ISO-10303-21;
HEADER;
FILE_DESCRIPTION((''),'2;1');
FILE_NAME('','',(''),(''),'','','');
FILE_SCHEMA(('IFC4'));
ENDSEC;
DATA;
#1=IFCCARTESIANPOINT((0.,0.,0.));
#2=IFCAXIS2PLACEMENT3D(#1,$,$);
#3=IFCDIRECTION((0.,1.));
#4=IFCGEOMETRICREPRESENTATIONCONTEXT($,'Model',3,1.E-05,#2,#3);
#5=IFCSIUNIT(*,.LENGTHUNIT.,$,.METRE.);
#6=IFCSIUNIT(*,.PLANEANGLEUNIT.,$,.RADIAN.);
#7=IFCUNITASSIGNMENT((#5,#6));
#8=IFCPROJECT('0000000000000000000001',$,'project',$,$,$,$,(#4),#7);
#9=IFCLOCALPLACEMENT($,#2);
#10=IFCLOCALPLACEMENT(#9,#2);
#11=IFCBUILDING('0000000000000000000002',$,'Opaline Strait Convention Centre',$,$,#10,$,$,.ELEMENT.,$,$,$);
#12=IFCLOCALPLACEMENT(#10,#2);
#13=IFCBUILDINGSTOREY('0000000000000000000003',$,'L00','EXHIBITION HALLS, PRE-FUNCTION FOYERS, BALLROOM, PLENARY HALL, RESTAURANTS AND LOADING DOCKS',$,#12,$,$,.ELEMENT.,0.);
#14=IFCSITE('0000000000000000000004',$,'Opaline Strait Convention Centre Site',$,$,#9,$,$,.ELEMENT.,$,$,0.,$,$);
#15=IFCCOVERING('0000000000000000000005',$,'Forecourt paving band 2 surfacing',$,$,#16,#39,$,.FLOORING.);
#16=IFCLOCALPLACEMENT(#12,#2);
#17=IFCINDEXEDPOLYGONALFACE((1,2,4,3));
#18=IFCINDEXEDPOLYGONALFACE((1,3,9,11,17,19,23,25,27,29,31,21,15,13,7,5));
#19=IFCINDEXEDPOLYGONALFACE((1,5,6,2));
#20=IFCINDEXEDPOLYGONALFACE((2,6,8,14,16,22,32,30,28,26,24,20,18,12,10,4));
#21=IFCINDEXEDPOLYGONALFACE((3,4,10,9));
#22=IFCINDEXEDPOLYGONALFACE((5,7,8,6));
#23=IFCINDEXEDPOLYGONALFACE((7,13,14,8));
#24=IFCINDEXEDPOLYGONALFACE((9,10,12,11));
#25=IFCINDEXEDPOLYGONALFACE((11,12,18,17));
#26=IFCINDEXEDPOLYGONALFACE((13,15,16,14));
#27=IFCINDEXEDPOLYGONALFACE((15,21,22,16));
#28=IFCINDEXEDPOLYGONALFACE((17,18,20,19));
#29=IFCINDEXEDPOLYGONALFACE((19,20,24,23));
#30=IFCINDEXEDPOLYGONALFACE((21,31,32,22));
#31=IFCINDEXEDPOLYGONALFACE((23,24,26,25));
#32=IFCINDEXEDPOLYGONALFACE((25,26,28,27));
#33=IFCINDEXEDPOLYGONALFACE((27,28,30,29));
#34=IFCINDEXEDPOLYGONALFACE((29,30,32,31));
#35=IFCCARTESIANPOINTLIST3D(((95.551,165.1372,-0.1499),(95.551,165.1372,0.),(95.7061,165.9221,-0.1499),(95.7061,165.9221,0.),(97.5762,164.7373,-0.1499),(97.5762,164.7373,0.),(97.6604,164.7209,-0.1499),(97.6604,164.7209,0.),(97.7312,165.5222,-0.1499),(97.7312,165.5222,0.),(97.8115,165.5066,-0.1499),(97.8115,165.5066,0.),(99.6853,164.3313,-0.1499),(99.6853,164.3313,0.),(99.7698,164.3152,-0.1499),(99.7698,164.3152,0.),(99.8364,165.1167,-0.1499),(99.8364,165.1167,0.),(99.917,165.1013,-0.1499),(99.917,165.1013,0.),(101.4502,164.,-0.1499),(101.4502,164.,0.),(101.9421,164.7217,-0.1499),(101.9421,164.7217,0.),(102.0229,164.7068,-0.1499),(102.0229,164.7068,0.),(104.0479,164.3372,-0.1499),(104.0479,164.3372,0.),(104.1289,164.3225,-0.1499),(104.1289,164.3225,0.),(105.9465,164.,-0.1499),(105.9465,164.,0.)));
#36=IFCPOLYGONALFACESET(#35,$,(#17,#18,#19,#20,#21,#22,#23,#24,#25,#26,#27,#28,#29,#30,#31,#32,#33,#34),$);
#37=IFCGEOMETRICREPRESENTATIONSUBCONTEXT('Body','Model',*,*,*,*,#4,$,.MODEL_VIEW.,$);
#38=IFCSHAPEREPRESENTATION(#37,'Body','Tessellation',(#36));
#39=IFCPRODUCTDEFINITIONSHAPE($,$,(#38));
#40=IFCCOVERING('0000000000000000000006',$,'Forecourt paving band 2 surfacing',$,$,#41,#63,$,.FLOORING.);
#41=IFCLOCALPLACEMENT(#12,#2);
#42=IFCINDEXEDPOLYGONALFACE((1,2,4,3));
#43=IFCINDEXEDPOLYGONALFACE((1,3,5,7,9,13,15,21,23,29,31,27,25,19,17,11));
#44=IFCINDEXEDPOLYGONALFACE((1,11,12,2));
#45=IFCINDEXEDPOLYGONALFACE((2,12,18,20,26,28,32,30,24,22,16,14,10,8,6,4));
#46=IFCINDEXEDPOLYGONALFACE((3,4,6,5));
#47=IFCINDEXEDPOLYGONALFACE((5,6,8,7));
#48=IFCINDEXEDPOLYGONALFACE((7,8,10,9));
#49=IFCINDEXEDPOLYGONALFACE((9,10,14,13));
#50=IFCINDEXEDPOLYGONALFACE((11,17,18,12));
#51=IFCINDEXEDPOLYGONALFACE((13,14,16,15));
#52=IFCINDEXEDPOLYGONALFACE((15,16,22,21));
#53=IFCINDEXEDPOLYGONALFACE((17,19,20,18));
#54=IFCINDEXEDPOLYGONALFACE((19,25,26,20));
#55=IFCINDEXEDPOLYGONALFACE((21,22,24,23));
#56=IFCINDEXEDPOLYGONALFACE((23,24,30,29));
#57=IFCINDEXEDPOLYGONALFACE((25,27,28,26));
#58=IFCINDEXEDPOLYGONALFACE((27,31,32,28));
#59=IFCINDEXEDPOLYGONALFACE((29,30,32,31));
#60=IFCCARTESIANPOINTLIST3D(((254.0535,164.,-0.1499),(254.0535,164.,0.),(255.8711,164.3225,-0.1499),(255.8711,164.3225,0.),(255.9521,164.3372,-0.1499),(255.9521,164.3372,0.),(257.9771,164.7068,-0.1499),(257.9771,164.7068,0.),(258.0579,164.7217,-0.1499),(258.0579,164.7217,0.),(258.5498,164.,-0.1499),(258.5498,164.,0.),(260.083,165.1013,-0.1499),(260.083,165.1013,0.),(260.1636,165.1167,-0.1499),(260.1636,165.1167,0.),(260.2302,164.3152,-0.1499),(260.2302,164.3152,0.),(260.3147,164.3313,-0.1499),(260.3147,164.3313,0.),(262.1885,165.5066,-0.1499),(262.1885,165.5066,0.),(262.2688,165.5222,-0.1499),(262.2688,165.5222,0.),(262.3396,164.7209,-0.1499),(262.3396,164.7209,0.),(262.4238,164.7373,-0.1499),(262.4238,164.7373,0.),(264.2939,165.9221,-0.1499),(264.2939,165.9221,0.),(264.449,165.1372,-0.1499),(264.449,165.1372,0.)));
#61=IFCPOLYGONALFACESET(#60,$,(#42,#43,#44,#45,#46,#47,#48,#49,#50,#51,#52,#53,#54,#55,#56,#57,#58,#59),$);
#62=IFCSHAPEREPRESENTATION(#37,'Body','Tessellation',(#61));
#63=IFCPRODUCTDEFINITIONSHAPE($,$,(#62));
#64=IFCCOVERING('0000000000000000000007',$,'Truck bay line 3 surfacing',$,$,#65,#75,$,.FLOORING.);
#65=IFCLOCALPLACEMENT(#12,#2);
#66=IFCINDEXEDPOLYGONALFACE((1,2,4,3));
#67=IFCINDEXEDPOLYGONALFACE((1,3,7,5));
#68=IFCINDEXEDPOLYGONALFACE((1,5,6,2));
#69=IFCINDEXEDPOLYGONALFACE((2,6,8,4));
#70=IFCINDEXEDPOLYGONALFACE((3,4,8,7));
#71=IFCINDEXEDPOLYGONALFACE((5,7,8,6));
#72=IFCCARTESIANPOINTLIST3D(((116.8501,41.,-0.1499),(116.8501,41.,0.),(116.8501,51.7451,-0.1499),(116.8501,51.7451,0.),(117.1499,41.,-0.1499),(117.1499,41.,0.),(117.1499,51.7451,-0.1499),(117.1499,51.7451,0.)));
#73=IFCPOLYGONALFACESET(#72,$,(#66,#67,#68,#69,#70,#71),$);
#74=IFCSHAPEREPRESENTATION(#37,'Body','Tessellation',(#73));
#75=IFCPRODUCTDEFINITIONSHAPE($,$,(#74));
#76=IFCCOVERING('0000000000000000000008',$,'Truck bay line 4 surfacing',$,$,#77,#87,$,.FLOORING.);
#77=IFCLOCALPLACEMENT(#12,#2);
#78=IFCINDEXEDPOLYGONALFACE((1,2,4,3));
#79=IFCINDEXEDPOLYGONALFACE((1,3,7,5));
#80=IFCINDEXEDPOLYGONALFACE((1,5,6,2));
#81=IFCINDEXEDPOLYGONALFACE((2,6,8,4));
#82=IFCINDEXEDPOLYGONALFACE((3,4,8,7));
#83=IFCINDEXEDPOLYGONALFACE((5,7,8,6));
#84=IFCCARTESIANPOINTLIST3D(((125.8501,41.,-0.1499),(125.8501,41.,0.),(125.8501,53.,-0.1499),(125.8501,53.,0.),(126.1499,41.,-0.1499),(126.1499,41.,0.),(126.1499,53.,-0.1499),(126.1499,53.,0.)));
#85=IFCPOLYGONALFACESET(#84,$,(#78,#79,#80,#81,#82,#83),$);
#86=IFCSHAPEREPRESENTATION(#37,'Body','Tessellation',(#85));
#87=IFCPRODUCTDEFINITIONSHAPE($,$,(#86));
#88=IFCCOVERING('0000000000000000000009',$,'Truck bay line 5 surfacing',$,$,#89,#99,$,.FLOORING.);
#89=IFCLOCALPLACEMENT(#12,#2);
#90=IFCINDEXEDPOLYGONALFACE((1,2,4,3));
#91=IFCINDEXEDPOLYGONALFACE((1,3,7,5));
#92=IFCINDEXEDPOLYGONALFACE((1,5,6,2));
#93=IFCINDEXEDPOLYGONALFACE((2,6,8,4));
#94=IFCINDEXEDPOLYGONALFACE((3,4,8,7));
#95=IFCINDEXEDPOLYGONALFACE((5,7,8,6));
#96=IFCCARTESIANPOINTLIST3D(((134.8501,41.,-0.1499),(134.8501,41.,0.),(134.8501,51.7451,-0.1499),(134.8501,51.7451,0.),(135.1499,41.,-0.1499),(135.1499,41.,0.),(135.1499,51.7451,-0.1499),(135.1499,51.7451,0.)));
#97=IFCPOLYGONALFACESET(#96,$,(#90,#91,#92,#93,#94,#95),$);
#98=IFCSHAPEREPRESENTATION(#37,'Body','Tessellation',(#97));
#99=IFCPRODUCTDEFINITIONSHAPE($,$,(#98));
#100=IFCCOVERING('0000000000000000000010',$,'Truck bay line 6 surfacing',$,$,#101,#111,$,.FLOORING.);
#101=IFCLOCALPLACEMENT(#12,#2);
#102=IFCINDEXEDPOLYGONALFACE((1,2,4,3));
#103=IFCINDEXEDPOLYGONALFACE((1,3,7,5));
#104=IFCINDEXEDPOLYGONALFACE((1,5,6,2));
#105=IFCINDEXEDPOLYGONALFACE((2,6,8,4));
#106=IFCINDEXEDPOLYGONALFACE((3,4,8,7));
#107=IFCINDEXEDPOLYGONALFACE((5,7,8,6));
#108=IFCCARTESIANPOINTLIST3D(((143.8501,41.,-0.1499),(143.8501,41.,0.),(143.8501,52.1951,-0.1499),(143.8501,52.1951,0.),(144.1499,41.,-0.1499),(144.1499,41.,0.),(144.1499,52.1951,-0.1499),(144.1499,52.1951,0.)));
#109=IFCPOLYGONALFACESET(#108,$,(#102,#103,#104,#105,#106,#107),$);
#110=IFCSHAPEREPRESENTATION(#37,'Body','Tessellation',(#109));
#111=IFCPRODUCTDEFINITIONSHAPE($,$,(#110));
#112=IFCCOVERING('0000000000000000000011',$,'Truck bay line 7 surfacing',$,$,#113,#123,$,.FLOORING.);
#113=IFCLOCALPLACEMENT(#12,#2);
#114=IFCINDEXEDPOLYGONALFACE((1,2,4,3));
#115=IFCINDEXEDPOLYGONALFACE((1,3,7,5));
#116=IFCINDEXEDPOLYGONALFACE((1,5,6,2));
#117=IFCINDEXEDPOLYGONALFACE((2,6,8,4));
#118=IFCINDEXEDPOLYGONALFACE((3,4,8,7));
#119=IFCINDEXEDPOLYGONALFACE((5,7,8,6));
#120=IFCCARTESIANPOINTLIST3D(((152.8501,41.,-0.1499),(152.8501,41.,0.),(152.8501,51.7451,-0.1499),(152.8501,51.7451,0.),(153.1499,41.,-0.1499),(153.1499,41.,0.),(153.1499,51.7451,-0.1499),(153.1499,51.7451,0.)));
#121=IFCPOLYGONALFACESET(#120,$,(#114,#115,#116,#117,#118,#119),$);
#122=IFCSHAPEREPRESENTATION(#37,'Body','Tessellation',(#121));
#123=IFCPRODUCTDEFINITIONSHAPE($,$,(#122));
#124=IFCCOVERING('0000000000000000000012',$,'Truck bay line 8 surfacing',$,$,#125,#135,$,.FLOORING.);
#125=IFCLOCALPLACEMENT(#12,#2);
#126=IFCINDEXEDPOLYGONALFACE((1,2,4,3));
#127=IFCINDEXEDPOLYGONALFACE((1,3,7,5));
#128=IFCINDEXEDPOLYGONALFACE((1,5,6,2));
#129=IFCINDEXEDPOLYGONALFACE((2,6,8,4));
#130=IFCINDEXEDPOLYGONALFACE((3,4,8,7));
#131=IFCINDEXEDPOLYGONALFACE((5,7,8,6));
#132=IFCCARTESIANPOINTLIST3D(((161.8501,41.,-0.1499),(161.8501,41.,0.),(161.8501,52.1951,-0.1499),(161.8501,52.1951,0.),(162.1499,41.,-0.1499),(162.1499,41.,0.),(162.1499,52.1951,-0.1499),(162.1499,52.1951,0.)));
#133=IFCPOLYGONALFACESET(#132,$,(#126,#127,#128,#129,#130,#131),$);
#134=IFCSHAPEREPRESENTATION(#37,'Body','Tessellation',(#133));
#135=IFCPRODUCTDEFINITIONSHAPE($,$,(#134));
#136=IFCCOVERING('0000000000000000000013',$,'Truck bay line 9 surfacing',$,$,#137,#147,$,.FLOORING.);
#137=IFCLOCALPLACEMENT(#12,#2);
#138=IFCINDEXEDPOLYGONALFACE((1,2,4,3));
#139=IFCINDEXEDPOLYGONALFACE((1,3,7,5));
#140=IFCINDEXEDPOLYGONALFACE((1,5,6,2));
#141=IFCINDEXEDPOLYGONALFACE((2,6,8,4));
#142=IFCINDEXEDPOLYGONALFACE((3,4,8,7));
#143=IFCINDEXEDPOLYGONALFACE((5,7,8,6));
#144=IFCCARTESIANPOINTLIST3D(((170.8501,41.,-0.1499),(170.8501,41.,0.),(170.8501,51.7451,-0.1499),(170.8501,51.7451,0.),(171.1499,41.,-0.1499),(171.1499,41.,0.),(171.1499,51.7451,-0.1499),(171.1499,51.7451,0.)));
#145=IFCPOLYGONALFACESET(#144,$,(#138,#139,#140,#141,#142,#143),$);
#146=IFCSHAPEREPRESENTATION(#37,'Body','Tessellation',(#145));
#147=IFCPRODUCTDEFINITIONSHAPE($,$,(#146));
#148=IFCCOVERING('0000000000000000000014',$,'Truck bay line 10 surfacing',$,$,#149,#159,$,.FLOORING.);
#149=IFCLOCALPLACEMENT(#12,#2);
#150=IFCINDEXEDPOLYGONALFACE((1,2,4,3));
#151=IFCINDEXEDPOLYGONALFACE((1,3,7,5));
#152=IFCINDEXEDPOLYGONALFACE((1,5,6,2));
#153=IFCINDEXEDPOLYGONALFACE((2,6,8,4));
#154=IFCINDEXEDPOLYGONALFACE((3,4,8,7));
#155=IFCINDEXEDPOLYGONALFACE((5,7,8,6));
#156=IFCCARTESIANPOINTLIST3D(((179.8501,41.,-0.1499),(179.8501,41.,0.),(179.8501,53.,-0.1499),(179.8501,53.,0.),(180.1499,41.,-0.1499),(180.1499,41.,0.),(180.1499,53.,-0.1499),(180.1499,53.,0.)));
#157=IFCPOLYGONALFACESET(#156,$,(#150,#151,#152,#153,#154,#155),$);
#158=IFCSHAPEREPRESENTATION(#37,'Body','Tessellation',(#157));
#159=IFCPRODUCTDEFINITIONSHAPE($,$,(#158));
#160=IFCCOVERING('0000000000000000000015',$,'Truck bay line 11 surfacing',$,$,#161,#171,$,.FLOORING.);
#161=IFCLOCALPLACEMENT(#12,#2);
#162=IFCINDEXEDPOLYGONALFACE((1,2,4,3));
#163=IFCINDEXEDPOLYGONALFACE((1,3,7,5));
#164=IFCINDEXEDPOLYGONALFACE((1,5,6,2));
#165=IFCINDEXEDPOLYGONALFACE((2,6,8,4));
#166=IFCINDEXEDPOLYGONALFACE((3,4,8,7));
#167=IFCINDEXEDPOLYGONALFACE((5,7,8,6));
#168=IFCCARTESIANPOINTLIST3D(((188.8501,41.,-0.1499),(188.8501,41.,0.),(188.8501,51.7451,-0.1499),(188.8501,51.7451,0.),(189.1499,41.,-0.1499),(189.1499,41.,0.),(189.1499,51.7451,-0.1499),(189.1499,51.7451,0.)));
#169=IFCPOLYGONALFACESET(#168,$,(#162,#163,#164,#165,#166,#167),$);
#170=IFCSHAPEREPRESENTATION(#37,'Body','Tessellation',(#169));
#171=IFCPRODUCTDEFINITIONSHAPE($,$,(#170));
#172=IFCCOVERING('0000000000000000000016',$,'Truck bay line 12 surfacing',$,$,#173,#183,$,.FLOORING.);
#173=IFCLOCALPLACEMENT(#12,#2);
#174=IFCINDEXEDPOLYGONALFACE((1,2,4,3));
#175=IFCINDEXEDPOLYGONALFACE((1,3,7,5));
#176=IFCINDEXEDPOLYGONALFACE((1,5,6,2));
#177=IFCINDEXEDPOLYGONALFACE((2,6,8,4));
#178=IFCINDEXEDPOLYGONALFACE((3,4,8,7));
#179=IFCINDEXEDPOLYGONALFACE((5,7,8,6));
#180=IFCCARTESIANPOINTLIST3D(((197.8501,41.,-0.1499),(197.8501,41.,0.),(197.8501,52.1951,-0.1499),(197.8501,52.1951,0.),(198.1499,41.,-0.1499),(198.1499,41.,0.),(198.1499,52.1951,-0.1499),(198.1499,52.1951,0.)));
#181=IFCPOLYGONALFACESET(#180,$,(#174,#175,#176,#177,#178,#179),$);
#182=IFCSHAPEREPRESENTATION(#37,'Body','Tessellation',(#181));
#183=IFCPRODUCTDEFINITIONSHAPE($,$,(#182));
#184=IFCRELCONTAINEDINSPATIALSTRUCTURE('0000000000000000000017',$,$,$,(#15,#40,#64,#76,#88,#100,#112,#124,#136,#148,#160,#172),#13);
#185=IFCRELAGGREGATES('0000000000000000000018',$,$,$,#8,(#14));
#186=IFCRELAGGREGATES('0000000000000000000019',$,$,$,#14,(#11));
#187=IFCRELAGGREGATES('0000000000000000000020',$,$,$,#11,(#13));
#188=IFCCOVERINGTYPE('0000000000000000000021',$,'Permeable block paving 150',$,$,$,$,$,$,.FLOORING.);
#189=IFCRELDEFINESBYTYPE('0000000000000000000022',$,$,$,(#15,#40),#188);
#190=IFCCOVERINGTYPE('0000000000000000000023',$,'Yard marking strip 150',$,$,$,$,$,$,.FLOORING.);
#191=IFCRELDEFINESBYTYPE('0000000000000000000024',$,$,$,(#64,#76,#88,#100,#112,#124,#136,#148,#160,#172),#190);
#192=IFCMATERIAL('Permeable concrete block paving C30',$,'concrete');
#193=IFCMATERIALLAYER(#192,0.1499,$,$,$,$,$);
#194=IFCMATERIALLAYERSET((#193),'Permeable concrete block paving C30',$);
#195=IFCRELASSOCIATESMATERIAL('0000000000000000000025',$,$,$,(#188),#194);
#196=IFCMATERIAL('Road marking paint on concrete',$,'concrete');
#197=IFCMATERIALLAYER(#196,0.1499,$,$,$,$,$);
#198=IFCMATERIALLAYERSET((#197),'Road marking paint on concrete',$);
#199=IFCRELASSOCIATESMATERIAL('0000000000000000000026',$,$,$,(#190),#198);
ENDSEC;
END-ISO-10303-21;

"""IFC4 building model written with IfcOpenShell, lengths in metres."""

from ifc_helpers import new_model, si_unit, direction, frame, origin, place, context, subcontext, project, spatial, polyline, outline, extrude, material, layer, layer_set, type_object, element, save


model = new_model("IFC4")

# Units and contexts
model_context = context("Model", 3, precision=1e-05, world=origin(), true_north=direction((0.0, 1.0)))
body_context = subcontext(model_context, "Body", "Model", "MODEL_VIEW")
ifc_project = project(units=[si_unit("LENGTHUNIT", "METRE"), si_unit("PLANEANGLEUNIT", "RADIAN")], contexts=[model_context])

# Site, building, storey
site_placement = place(None, origin())
site = spatial("IfcSite", under=ifc_project, at=site_placement, Name="Opaline Strait Convention Centre Site", CompositionType="ELEMENT", RefElevation=0.0)
building_placement = place(site_placement, origin())
building = spatial("IfcBuilding", under=site, at=building_placement, Name="Opaline Strait Convention Centre", CompositionType="ELEMENT")
storey_placement = place(building_placement, origin())
storey = spatial("IfcBuildingStorey", under=building, at=storey_placement, Name="L00", Description="EXHIBITION HALLS, PRE-FUNCTION FOYERS, BALLROOM, PLENARY HALL, RESTAURANTS AND LOADING DOCKS", CompositionType="ELEMENT", Elevation=0.0)

# Coverings
ifc_material_1 = material(Name="Permeable concrete block paving C30", Category="concrete")
ifc_layer_1 = layer(ifc_material_1, 0.1499)
ifc_layer_set_1 = layer_set([ifc_layer_1], Name="Permeable concrete block paving C30")
covering_type_1 = type_object("IfcCoveringType", Name="Permeable block paving 150", PredefinedType="FLOORING", material=ifc_layer_set_1)
covering_1_placement = place(storey_placement, frame((0.0, 0.0, -0.1499)))
element("IfcCovering", 1, at=covering_1_placement, inside=storey, type_object=covering_type_1, Name="Forecourt paving band 2 surfacing", PredefinedType="FLOORING", context=body_context, shape_type="SweptSolid", body=[
    extrude(outline(polyline([(97.6604, 164.7209), (99.6853, 164.3313), (99.7698, 164.3152), (101.4502, 164.0), (105.9465, 164.0), (104.1289, 164.3225), (104.0479, 164.3372), (102.0229, 164.7068), (101.9421, 164.7217), (99.917, 165.1013), (99.8364, 165.1167), (97.8115, 165.5066), (97.7312, 165.5222), (95.7061, 165.9221), (95.551, 165.1372), (97.5762, 164.7373), (97.6604, 164.7209)])), origin(), (0.0, 0.0, 1.0), 0.1499),
])
covering_2_placement = place(storey_placement, frame((0.0, 0.0, -0.1499)))
element("IfcCovering", 2, at=covering_2_placement, inside=storey, type_object=covering_type_1, Name="Forecourt paving band 2 surfacing", PredefinedType="FLOORING", context=body_context, shape_type="SweptSolid", body=[
    extrude(outline(polyline([(260.2302, 164.3152), (260.3147, 164.3313), (262.3396, 164.7209), (262.4238, 164.7373), (264.449, 165.1372), (264.2939, 165.9221), (262.2688, 165.5222), (262.1885, 165.5066), (260.1636, 165.1167), (260.083, 165.1013), (258.0579, 164.7217), (257.9771, 164.7068), (255.9521, 164.3372), (255.8711, 164.3225), (254.0535, 164.0), (258.5498, 164.0), (260.2302, 164.3152)])), origin(), (0.0, 0.0, 1.0), 0.1499),
])
ifc_material_2 = material(Name="Road marking paint on concrete", Category="concrete")
ifc_layer_2 = layer(ifc_material_2, 0.1499)
ifc_layer_set_2 = layer_set([ifc_layer_2], Name="Road marking paint on concrete")
covering_type_2 = type_object("IfcCoveringType", Name="Yard marking strip 150", PredefinedType="FLOORING", material=ifc_layer_set_2)
covering_3_placement = place(storey_placement, frame((0.0, 0.0, -0.1499)))
element("IfcCovering", 3, at=covering_3_placement, inside=storey, type_object=covering_type_2, Name="Truck bay line 3 surfacing", PredefinedType="FLOORING", context=body_context, shape_type="SweptSolid", body=[
    extrude(outline(polyline([(116.8501, 51.7451), (116.8501, 41.0), (117.1499, 41.0), (117.1499, 51.7451), (116.8501, 51.7451)])), origin(), (0.0, 0.0, 1.0), 0.1499),
])
covering_4_placement = place(storey_placement, frame((0.0, 0.0, -0.1499)))
element("IfcCovering", 4, at=covering_4_placement, inside=storey, type_object=covering_type_2, Name="Truck bay line 4 surfacing", PredefinedType="FLOORING", context=body_context, shape_type="SweptSolid", body=[
    extrude(outline(polyline([(125.8501, 53.0), (125.8501, 41.0), (126.1499, 41.0), (126.1499, 53.0), (125.8501, 53.0)])), origin(), (0.0, 0.0, 1.0), 0.1499),
])
covering_5_placement = place(storey_placement, frame((0.0, 0.0, -0.1499)))
element("IfcCovering", 5, at=covering_5_placement, inside=storey, type_object=covering_type_2, Name="Truck bay line 5 surfacing", PredefinedType="FLOORING", context=body_context, shape_type="SweptSolid", body=[
    extrude(outline(polyline([(134.8501, 51.7451), (134.8501, 41.0), (135.1499, 41.0), (135.1499, 51.7451), (134.8501, 51.7451)])), origin(), (0.0, 0.0, 1.0), 0.1499),
])
covering_6_placement = place(storey_placement, frame((0.0, 0.0, -0.1499)))
element("IfcCovering", 6, at=covering_6_placement, inside=storey, type_object=covering_type_2, Name="Truck bay line 6 surfacing", PredefinedType="FLOORING", context=body_context, shape_type="SweptSolid", body=[
    extrude(outline(polyline([(143.8501, 52.1951), (143.8501, 41.0), (144.1499, 41.0), (144.1499, 52.1951), (143.8501, 52.1951)])), origin(), (0.0, 0.0, 1.0), 0.1499),
])
covering_7_placement = place(storey_placement, frame((0.0, 0.0, -0.1499)))
element("IfcCovering", 7, at=covering_7_placement, inside=storey, type_object=covering_type_2, Name="Truck bay line 7 surfacing", PredefinedType="FLOORING", context=body_context, shape_type="SweptSolid", body=[
    extrude(outline(polyline([(152.8501, 51.7451), (152.8501, 41.0), (153.1499, 41.0), (153.1499, 51.7451), (152.8501, 51.7451)])), origin(), (0.0, 0.0, 1.0), 0.1499),
])
covering_8_placement = place(storey_placement, frame((0.0, 0.0, -0.1499)))
element("IfcCovering", 8, at=covering_8_placement, inside=storey, type_object=covering_type_2, Name="Truck bay line 8 surfacing", PredefinedType="FLOORING", context=body_context, shape_type="SweptSolid", body=[
    extrude(outline(polyline([(161.8501, 52.1951), (161.8501, 41.0), (162.1499, 41.0), (162.1499, 52.1951), (161.8501, 52.1951)])), origin(), (0.0, 0.0, 1.0), 0.1499),
])
covering_9_placement = place(storey_placement, frame((0.0, 0.0, -0.1499)))
element("IfcCovering", 9, at=covering_9_placement, inside=storey, type_object=covering_type_2, Name="Truck bay line 9 surfacing", PredefinedType="FLOORING", context=body_context, shape_type="SweptSolid", body=[
    extrude(outline(polyline([(170.8501, 51.7451), (170.8501, 41.0), (171.1499, 41.0), (171.1499, 51.7451), (170.8501, 51.7451)])), origin(), (0.0, 0.0, 1.0), 0.1499),
])
covering_10_placement = place(storey_placement, frame((0.0, 0.0, -0.1499)))
element("IfcCovering", 10, at=covering_10_placement, inside=storey, type_object=covering_type_2, Name="Truck bay line 10 surfacing", PredefinedType="FLOORING", context=body_context, shape_type="SweptSolid", body=[
    extrude(outline(polyline([(179.8501, 53.0), (179.8501, 41.0), (180.1499, 41.0), (180.1499, 53.0), (179.8501, 53.0)])), origin(), (0.0, 0.0, 1.0), 0.1499),
])
covering_11_placement = place(storey_placement, frame((0.0, 0.0, -0.1499)))
element("IfcCovering", 11, at=covering_11_placement, inside=storey, type_object=covering_type_2, Name="Truck bay line 11 surfacing", PredefinedType="FLOORING", context=body_context, shape_type="SweptSolid", body=[
    extrude(outline(polyline([(188.8501, 51.7451), (188.8501, 41.0), (189.1499, 41.0), (189.1499, 51.7451), (188.8501, 51.7451)])), origin(), (0.0, 0.0, 1.0), 0.1499),
])
covering_12_placement = place(storey_placement, frame((0.0, 0.0, -0.1499)))
element("IfcCovering", 12, at=covering_12_placement, inside=storey, type_object=covering_type_2, Name="Truck bay line 12 surfacing", PredefinedType="FLOORING", context=body_context, shape_type="SweptSolid", body=[
    extrude(outline(polyline([(197.8501, 52.1951), (197.8501, 41.0), (198.1499, 41.0), (198.1499, 52.1951), (197.8501, 52.1951)])), origin(), (0.0, 0.0, 1.0), 0.1499),
])

save(model, "model.ifc")
